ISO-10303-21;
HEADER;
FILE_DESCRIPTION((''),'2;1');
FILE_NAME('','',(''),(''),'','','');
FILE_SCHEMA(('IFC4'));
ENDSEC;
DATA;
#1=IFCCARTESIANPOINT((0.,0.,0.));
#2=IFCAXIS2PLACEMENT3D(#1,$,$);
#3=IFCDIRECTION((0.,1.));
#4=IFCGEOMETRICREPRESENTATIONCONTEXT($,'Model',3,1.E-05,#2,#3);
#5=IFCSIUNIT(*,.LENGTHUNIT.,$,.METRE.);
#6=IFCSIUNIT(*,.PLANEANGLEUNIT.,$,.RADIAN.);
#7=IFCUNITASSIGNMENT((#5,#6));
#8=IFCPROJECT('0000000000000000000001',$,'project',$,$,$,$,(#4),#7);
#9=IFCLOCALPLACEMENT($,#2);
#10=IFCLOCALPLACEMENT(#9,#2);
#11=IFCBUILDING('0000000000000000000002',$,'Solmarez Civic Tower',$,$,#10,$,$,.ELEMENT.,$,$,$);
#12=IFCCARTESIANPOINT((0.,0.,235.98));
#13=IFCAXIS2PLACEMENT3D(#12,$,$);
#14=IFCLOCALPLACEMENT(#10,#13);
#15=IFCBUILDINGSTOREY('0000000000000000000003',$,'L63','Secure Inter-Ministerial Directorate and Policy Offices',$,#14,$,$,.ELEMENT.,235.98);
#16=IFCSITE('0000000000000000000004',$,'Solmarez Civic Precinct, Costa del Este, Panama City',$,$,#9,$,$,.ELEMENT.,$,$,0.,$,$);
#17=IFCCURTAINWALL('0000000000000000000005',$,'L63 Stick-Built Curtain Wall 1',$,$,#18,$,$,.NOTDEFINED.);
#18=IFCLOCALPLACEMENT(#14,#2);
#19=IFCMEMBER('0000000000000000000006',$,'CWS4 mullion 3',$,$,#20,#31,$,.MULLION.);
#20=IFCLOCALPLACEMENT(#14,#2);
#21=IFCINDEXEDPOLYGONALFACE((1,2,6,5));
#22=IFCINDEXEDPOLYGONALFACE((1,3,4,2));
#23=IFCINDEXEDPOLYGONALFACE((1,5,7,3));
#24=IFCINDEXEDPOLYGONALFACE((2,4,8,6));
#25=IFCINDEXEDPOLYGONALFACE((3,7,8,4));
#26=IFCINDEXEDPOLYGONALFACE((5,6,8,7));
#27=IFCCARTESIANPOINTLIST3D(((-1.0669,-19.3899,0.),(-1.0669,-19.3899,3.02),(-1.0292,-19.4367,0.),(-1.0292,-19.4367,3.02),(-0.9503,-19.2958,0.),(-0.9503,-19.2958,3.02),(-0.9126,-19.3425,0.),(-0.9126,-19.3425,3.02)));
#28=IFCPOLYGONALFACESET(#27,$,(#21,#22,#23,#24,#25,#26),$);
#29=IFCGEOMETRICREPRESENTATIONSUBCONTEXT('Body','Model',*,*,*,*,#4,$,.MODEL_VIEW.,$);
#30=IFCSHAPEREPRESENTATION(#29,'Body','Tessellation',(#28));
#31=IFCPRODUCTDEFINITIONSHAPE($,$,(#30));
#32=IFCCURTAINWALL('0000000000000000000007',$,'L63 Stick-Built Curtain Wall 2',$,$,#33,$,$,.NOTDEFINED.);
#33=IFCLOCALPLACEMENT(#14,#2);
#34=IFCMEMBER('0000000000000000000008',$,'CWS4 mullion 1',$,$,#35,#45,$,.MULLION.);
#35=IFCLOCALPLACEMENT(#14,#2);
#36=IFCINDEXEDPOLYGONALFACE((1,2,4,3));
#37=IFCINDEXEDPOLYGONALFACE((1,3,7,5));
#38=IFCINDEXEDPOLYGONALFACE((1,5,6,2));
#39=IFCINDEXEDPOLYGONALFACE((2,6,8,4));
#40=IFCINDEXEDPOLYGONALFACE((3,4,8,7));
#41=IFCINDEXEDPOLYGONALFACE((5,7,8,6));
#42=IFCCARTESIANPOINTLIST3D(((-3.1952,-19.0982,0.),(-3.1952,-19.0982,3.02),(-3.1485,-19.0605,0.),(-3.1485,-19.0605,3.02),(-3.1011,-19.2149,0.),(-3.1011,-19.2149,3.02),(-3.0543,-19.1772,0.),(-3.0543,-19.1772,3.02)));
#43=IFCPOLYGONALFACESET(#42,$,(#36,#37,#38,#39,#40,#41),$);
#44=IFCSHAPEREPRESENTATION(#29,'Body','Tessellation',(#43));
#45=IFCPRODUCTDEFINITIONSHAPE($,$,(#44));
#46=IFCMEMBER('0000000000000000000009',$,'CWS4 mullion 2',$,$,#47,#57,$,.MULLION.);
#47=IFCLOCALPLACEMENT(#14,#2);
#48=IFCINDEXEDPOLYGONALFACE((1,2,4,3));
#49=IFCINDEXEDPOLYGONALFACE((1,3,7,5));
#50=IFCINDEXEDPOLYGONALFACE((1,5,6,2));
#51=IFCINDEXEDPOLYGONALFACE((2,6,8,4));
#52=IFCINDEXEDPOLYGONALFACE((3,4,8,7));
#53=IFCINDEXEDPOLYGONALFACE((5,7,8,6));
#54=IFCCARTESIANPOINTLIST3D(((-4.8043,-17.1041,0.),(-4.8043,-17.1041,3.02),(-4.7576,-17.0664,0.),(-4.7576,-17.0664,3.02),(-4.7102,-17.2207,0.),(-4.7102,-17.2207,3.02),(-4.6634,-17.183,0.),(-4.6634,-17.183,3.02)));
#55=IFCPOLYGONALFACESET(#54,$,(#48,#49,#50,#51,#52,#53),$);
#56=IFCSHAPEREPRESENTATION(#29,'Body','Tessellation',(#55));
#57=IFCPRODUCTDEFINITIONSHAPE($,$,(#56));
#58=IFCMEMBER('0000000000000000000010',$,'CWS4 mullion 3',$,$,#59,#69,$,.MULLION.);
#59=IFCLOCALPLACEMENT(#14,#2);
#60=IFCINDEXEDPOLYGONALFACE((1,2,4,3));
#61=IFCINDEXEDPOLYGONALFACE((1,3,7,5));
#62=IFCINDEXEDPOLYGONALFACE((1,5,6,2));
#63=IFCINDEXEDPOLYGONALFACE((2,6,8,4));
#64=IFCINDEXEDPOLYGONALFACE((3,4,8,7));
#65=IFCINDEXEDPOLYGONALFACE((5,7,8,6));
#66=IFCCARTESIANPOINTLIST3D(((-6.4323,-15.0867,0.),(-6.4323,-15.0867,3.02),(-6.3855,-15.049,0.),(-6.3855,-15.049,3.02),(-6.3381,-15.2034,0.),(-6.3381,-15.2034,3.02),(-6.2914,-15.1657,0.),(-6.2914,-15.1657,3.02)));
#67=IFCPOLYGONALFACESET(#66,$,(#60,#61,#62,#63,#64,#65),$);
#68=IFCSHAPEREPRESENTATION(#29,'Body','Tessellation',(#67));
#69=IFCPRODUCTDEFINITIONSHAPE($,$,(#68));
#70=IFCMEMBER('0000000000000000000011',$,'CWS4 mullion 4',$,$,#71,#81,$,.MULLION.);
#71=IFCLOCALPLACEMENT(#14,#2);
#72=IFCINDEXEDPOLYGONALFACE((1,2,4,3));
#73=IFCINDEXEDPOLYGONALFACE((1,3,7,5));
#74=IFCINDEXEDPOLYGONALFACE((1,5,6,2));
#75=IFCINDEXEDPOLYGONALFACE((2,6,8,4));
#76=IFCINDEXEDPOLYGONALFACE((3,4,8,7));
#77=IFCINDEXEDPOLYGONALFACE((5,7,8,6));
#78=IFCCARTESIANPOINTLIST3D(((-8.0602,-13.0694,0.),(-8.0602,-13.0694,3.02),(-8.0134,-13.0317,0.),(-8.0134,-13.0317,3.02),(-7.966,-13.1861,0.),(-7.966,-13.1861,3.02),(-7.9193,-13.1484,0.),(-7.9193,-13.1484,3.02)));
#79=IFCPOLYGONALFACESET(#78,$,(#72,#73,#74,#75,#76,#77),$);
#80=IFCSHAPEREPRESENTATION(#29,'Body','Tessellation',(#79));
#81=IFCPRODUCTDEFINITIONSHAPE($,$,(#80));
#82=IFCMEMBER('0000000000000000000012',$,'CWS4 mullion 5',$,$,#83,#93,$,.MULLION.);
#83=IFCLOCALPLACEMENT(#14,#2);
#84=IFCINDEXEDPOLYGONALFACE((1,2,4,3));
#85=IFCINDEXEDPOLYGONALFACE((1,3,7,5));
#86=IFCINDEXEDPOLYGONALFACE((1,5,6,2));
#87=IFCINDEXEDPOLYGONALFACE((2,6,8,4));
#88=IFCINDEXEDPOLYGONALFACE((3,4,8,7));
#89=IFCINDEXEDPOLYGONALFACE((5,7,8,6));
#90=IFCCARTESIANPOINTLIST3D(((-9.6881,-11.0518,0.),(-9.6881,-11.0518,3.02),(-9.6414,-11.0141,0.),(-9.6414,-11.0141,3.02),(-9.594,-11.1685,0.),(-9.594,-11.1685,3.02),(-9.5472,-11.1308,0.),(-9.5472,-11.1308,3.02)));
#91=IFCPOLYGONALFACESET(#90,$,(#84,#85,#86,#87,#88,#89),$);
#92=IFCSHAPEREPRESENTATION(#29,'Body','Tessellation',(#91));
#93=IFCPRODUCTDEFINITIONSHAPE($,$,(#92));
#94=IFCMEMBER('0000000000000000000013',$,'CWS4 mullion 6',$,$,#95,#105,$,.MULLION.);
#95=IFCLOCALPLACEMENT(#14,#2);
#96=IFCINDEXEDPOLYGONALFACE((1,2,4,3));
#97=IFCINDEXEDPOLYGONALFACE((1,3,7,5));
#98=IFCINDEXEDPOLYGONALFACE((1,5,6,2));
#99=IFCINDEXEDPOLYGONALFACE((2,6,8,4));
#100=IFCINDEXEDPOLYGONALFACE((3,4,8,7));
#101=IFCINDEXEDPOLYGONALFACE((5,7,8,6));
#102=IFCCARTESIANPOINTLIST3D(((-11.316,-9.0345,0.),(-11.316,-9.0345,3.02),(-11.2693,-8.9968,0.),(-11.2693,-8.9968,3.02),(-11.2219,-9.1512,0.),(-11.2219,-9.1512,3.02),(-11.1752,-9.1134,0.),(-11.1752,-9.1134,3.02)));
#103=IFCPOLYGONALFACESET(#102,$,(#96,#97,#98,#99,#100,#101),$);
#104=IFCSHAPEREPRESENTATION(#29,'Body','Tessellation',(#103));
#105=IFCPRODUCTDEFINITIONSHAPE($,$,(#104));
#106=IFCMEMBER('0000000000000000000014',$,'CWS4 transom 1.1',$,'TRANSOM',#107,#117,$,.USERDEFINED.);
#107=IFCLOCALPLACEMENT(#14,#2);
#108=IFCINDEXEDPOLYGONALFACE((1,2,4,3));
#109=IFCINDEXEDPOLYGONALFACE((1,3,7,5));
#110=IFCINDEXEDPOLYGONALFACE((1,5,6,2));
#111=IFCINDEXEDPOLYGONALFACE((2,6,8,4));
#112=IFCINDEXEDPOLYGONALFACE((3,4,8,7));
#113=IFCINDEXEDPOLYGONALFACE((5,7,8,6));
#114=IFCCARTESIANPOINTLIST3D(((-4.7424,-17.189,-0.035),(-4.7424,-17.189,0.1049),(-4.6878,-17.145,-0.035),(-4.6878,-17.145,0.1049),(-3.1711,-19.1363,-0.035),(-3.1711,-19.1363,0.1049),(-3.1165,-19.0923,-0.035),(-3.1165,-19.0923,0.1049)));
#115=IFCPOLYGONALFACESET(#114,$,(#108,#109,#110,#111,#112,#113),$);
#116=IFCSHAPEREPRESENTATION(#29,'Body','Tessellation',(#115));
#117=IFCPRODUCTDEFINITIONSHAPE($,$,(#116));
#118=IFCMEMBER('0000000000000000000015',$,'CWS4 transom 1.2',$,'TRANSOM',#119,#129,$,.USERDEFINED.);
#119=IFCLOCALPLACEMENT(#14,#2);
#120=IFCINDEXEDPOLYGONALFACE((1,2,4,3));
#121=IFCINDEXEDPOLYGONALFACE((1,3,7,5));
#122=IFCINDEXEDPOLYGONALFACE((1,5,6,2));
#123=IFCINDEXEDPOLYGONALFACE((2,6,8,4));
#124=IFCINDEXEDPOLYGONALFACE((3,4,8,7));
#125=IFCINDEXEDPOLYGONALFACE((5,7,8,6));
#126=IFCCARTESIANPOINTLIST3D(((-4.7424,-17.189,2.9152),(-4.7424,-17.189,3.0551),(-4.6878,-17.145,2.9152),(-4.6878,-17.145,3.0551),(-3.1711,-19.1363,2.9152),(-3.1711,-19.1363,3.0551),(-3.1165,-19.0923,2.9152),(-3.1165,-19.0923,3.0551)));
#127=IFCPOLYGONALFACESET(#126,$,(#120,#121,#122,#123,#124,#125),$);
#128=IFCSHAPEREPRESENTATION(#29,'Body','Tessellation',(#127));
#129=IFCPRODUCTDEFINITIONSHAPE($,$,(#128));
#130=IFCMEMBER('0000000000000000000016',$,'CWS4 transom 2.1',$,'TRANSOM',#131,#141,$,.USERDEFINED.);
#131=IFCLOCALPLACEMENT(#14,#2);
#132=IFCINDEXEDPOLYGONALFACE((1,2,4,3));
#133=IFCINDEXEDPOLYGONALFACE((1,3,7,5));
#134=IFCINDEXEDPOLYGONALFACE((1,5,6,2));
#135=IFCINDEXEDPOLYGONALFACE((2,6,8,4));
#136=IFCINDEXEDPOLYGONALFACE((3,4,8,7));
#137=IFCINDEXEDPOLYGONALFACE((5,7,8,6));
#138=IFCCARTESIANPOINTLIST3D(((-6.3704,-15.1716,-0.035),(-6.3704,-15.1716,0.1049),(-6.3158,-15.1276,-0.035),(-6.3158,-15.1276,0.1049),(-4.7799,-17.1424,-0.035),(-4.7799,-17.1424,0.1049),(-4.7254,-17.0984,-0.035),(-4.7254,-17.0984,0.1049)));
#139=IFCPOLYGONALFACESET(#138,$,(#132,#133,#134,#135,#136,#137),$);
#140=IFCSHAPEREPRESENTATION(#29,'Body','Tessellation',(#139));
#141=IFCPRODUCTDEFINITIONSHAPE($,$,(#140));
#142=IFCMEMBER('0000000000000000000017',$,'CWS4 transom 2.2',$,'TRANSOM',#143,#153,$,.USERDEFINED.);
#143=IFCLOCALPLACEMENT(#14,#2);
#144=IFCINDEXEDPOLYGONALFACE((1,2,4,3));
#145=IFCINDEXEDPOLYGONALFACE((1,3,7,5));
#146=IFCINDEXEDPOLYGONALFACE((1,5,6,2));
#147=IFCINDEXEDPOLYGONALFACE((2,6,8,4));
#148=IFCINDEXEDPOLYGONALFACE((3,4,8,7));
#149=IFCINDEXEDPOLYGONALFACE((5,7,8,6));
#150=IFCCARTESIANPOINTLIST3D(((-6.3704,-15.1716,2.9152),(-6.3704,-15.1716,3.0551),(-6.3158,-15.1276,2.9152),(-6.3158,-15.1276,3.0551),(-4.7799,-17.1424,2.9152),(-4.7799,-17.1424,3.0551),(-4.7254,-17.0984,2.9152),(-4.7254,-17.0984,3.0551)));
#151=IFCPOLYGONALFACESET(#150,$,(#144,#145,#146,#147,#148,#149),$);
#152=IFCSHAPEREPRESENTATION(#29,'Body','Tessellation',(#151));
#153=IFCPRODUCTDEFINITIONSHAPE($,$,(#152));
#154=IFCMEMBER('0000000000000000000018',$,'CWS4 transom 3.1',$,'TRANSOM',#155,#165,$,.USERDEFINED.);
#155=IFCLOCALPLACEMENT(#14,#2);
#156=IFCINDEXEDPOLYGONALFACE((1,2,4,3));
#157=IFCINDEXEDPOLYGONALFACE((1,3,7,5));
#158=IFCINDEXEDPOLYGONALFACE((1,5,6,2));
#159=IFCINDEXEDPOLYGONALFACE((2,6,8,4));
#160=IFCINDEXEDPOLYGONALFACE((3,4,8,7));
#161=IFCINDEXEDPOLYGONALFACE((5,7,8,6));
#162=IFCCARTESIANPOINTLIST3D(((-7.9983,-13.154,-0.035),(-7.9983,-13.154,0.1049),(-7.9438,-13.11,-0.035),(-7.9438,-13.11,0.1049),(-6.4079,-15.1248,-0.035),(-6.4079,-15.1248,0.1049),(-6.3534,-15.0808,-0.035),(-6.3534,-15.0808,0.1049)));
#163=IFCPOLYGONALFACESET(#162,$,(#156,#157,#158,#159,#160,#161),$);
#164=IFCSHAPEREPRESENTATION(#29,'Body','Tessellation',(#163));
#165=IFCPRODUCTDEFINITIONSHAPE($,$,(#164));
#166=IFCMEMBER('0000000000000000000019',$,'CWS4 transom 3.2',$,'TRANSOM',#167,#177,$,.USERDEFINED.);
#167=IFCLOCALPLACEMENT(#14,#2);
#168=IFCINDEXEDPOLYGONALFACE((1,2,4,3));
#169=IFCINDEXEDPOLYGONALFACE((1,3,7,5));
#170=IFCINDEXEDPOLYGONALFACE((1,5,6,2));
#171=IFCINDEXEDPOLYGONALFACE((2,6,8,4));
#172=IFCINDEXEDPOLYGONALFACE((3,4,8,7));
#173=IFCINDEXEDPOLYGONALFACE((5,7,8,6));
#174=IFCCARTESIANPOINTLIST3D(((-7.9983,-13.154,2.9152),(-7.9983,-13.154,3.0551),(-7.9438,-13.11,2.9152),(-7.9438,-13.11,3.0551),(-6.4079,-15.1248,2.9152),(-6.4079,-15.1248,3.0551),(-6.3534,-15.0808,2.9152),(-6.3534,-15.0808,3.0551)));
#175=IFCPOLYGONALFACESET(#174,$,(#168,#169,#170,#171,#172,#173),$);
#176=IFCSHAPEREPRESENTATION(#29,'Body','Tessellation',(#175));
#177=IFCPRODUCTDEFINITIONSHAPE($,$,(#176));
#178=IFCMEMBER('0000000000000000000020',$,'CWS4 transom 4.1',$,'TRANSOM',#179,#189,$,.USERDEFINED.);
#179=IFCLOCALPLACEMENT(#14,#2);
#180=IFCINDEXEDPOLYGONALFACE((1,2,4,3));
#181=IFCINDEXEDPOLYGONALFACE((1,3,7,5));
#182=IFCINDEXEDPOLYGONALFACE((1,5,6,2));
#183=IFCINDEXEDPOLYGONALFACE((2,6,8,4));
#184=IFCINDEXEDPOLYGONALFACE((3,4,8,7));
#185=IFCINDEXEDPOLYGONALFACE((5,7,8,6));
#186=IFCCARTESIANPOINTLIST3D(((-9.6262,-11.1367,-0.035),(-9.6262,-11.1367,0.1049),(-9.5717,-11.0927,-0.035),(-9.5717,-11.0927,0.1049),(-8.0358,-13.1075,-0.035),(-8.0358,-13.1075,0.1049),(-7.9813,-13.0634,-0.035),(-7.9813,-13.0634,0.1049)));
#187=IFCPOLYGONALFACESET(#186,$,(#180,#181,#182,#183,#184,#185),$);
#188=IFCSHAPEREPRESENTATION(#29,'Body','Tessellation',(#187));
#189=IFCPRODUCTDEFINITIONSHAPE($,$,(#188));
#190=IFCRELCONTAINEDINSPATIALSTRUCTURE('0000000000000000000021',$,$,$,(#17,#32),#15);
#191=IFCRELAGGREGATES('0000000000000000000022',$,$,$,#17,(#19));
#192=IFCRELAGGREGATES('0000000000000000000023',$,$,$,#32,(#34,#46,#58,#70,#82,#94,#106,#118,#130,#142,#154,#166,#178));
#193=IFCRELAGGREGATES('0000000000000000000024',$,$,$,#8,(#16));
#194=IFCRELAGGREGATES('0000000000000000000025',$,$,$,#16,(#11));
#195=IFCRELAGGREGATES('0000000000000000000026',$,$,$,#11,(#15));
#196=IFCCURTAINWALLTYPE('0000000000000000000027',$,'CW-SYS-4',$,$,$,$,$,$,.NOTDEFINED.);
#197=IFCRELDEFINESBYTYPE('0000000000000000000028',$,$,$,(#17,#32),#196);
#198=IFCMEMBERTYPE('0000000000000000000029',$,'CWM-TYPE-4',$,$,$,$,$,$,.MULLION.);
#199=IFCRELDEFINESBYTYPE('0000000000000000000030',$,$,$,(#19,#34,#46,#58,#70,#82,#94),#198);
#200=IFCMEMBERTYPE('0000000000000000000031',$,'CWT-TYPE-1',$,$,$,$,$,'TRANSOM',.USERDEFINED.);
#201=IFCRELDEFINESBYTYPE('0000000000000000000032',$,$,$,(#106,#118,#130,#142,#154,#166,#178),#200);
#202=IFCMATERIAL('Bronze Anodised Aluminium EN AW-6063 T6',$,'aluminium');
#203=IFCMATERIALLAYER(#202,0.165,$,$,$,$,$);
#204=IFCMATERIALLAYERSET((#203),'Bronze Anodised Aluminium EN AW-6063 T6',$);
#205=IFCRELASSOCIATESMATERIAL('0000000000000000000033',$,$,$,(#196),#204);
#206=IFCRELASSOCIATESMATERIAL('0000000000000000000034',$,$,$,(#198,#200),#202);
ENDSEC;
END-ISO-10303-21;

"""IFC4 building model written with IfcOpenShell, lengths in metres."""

from ifc_helpers import new_model, si_unit, direction, frame, origin, origin_2d, place, context, subcontext, project, spatial, rectangle, extrude, material, layer, layer_set, material_profile, profile_set, type_object, element, aggregate, save


model = new_model("IFC4")

# Units and contexts
model_context = context("Model", 3, precision=1e-05, world=origin(), true_north=direction((0.0, 1.0)))
body_context = subcontext(model_context, "Body", "Model", "MODEL_VIEW")
ifc_project = project(units=[si_unit("LENGTHUNIT", "METRE"), si_unit("PLANEANGLEUNIT", "RADIAN")], contexts=[model_context])

# Site, building, storey
site_placement = place(None, origin())
site = spatial("IfcSite", under=ifc_project, at=site_placement, Name="Solmarez Civic Precinct, Costa del Este, Panama City", CompositionType="ELEMENT", RefElevation=0.0)
building_placement = place(site_placement, origin())
building = spatial("IfcBuilding", under=site, at=building_placement, Name="Solmarez Civic Tower", CompositionType="ELEMENT")
storey_placement = place(building_placement, frame((0.0, 0.0, 235.98)))
storey = spatial("IfcBuildingStorey", under=building, at=storey_placement, Name="L63", Description="Secure Inter-Ministerial Directorate and Policy Offices", CompositionType="ELEMENT", Elevation=235.98)

# Curtain wall, member
ifc_material_1 = material(Name="Bronze Anodised Aluminium EN AW-6063 T6", Category="aluminium")
ifc_layer_1 = layer(ifc_material_1, 0.165)
ifc_layer_set_1 = layer_set([ifc_layer_1], Name="Bronze Anodised Aluminium EN AW-6063 T6")
curtain_wall_type = type_object("IfcCurtainWallType", Name="CW-SYS-4", PredefinedType="NOTDEFINED", material=ifc_layer_set_1)
curtain_wall_1_placement = place(storey_placement, origin())
curtain_wall_1 = element("IfcCurtainWall", 1, at=curtain_wall_1_placement, inside=storey, type_object=curtain_wall_type, Name="L63 Stick-Built Curtain Wall 1", PredefinedType="NOTDEFINED")
ifc_material_profile_1 = material_profile(ifc_material_1, rectangle(XDim=0.0601, YDim=0.1499, at=origin_2d()), Name="CWM-60X150")
ifc_profile_set_1 = profile_set([ifc_material_profile_1], Name="Bronze Anodised Aluminium EN AW-6063 T6")
member_type_1 = type_object("IfcMemberType", Name="CWM-TYPE-4", PredefinedType="MULLION", material=ifc_profile_set_1)
member_1_placement = place(storey_placement, frame((-0.9897, -19.3662, 0.0), z_axis=(0.0, 0.0, 1.0), x_axis=(0.628045, -0.778177, 0.0)))
member_1 = element("IfcMember", 2, at=member_1_placement, type_object=member_type_1, Name="CWS4 mullion 3", PredefinedType="MULLION", context=body_context, shape_type="SweptSolid", body=[
    extrude(rectangle(XDim=0.0601, YDim=0.1499, at=origin_2d()), origin(), (0.0, 0.0, 1.0), 3.02),
])
aggregate(curtain_wall_1, [member_1])

# Curtain wall, members
curtain_wall_2_placement = place(storey_placement, origin())
curtain_wall_2 = element("IfcCurtainWall", 3, at=curtain_wall_2_placement, inside=storey, type_object=curtain_wall_type, Name="L63 Stick-Built Curtain Wall 2", PredefinedType="NOTDEFINED")
member_2_placement = place(storey_placement, frame((-3.1248, -19.1377, 0.0), z_axis=(0.0, 0.0, 1.0), x_axis=(-0.778231, -0.627978, 0.0)))
member_2 = element("IfcMember", 4, at=member_2_placement, type_object=member_type_1, Name="CWS4 mullion 1", PredefinedType="MULLION", context=body_context, shape_type="SweptSolid", body=[
    extrude(rectangle(XDim=0.0601, YDim=0.1499, at=origin_2d()), origin(), (0.0, 0.0, 1.0), 3.02),
])
member_3_placement = place(storey_placement, frame((-4.7339, -17.1436, 0.0), z_axis=(0.0, 0.0, 1.0), x_axis=(-0.778231, -0.627978, 0.0)))
member_3 = element("IfcMember", 5, at=member_3_placement, type_object=member_type_1, Name="CWS4 mullion 2", PredefinedType="MULLION", context=body_context, shape_type="SweptSolid", body=[
    extrude(rectangle(XDim=0.0601, YDim=0.1499, at=origin_2d()), origin(), (0.0, 0.0, 1.0), 3.02),
])
member_4_placement = place(storey_placement, frame((-6.3618, -15.1262, 0.0), z_axis=(0.0, 0.0, 1.0), x_axis=(-0.778231, -0.627978, 0.0)))
member_4 = element("IfcMember", 6, at=member_4_placement, type_object=member_type_1, Name="CWS4 mullion 3", PredefinedType="MULLION", context=body_context, shape_type="SweptSolid", body=[
    extrude(rectangle(XDim=0.0601, YDim=0.1499, at=origin_2d()), origin(), (0.0, 0.0, 1.0), 3.02),
])
member_5_placement = place(storey_placement, frame((-7.9897, -13.1089, 0.0), z_axis=(0.0, 0.0, 1.0), x_axis=(-0.778231, -0.627978, 0.0)))
member_5 = element("IfcMember", 7, at=member_5_placement, type_object=member_type_1, Name="CWS4 mullion 4", PredefinedType="MULLION", context=body_context, shape_type="SweptSolid", body=[
    extrude(rectangle(XDim=0.0601, YDim=0.1499, at=origin_2d()), origin(), (0.0, 0.0, 1.0), 3.02),
])
member_6_placement = place(storey_placement, frame((-9.6177, -11.0913, 0.0), z_axis=(0.0, 0.0, 1.0), x_axis=(-0.778231, -0.627978, 0.0)))
member_6 = element("IfcMember", 8, at=member_6_placement, type_object=member_type_1, Name="CWS4 mullion 5", PredefinedType="MULLION", context=body_context, shape_type="SweptSolid", body=[
    extrude(rectangle(XDim=0.0601, YDim=0.1499, at=origin_2d()), origin(), (0.0, 0.0, 1.0), 3.02),
])
member_7_placement = place(storey_placement, frame((-11.2456, -9.074, 0.0), z_axis=(0.0, 0.0, 1.0), x_axis=(-0.778231, -0.627978, 0.0)))
member_7 = element("IfcMember", 9, at=member_7_placement, type_object=member_type_1, Name="CWS4 mullion 6", PredefinedType="MULLION", context=body_context, shape_type="SweptSolid", body=[
    extrude(rectangle(XDim=0.0601, YDim=0.1499, at=origin_2d()), origin(), (0.0, 0.0, 1.0), 3.02),
])
ifc_material_profile_2 = material_profile(ifc_material_1, rectangle(XDim=0.0701, YDim=0.1399, at=origin_2d()), Name="CWT-70X140")
ifc_profile_set_2 = profile_set([ifc_material_profile_2], Name="Bronze Anodised Aluminium EN AW-6063 T6")
member_type_2 = type_object("IfcMemberType", Name="CWT-TYPE-1", ElementType="TRANSOM", PredefinedType="USERDEFINED", material=ifc_profile_set_2)
member_8_placement = place(storey_placement, frame((-3.1438, -19.1143, 0.0349), z_axis=(-0.627974, 0.778235, 0.0), x_axis=(-0.778235, -0.627974, 0.0)))
member_8 = element("IfcMember", 10, at=member_8_placement, type_object=member_type_2, Name="CWS4 transom 1.1", ObjectType="TRANSOM", PredefinedType="USERDEFINED", context=body_context, shape_type="SweptSolid", body=[
    extrude(rectangle(XDim=0.0701, YDim=0.1399, at=origin_2d()), origin(), (0.0, 0.0, 1.0), 2.5022),
])
member_9_placement = place(storey_placement, frame((-3.1438, -19.1143, 2.9851), z_axis=(-0.627974, 0.778235, 0.0), x_axis=(-0.778235, -0.627974, 0.0)))
member_9 = element("IfcMember", 11, at=member_9_placement, type_object=member_type_2, Name="CWS4 transom 1.2", ObjectType="TRANSOM", PredefinedType="USERDEFINED", context=body_context, shape_type="SweptSolid", body=[
    extrude(rectangle(XDim=0.0701, YDim=0.1399, at=origin_2d()), origin(), (0.0, 0.0, 1.0), 2.5022),
])
member_10_placement = place(storey_placement, frame((-4.7527, -17.1204, 0.0349), z_axis=(-0.628005, 0.778209, 0.0), x_axis=(-0.778209, -0.628005, 0.0)))
member_10 = element("IfcMember", 12, at=member_10_placement, type_object=member_type_2, Name="CWS4 transom 2.1", ObjectType="TRANSOM", PredefinedType="USERDEFINED", context=body_context, shape_type="SweptSolid", body=[
    extrude(rectangle(XDim=0.0701, YDim=0.1399, at=origin_2d()), origin(), (0.0, 0.0, 1.0), 2.5325),
])
member_11_placement = place(storey_placement, frame((-4.7527, -17.1204, 2.9851), z_axis=(-0.628005, 0.778209, 0.0), x_axis=(-0.778209, -0.628005, 0.0)))
member_11 = element("IfcMember", 13, at=member_11_placement, type_object=member_type_2, Name="CWS4 transom 2.2", ObjectType="TRANSOM", PredefinedType="USERDEFINED", context=body_context, shape_type="SweptSolid", body=[
    extrude(rectangle(XDim=0.0701, YDim=0.1399, at=origin_2d()), origin(), (0.0, 0.0, 1.0), 2.5325),
])
member_12_placement = place(storey_placement, frame((-6.3806, -15.1028, 0.0349), z_axis=(-0.628005, 0.778209, 0.0), x_axis=(-0.778209, -0.628005, 0.0)))
member_12 = element("IfcMember", 14, at=member_12_placement, type_object=member_type_2, Name="CWS4 transom 3.1", ObjectType="TRANSOM", PredefinedType="USERDEFINED", context=body_context, shape_type="SweptSolid", body=[
    extrude(rectangle(XDim=0.0701, YDim=0.1399, at=origin_2d()), origin(), (0.0, 0.0, 1.0), 2.5325),
])
member_13_placement = place(storey_placement, frame((-6.3806, -15.1028, 2.9851), z_axis=(-0.628005, 0.778209, 0.0), x_axis=(-0.778209, -0.628005, 0.0)))
member_13 = element("IfcMember", 15, at=member_13_placement, type_object=member_type_2, Name="CWS4 transom 3.2", ObjectType="TRANSOM", PredefinedType="USERDEFINED", context=body_context, shape_type="SweptSolid", body=[
    extrude(rectangle(XDim=0.0701, YDim=0.1399, at=origin_2d()), origin(), (0.0, 0.0, 1.0), 2.5325),
])
member_14_placement = place(storey_placement, frame((-8.0085, -13.0854, 0.0349), z_axis=(-0.628005, 0.778209, 0.0), x_axis=(-0.778209, -0.628005, 0.0)))
member_14 = element("IfcMember", 16, at=member_14_placement, type_object=member_type_2, Name="CWS4 transom 4.1", ObjectType="TRANSOM", PredefinedType="USERDEFINED", context=body_context, shape_type="SweptSolid", body=[
    extrude(rectangle(XDim=0.0701, YDim=0.1399, at=origin_2d()), origin(), (0.0, 0.0, 1.0), 2.5325),
])
aggregate(curtain_wall_2, [member_2, member_3, member_4, member_5, member_6, member_7, member_8, member_9, member_10, member_11, member_12, member_13, member_14])

save(model, "model.ifc")
